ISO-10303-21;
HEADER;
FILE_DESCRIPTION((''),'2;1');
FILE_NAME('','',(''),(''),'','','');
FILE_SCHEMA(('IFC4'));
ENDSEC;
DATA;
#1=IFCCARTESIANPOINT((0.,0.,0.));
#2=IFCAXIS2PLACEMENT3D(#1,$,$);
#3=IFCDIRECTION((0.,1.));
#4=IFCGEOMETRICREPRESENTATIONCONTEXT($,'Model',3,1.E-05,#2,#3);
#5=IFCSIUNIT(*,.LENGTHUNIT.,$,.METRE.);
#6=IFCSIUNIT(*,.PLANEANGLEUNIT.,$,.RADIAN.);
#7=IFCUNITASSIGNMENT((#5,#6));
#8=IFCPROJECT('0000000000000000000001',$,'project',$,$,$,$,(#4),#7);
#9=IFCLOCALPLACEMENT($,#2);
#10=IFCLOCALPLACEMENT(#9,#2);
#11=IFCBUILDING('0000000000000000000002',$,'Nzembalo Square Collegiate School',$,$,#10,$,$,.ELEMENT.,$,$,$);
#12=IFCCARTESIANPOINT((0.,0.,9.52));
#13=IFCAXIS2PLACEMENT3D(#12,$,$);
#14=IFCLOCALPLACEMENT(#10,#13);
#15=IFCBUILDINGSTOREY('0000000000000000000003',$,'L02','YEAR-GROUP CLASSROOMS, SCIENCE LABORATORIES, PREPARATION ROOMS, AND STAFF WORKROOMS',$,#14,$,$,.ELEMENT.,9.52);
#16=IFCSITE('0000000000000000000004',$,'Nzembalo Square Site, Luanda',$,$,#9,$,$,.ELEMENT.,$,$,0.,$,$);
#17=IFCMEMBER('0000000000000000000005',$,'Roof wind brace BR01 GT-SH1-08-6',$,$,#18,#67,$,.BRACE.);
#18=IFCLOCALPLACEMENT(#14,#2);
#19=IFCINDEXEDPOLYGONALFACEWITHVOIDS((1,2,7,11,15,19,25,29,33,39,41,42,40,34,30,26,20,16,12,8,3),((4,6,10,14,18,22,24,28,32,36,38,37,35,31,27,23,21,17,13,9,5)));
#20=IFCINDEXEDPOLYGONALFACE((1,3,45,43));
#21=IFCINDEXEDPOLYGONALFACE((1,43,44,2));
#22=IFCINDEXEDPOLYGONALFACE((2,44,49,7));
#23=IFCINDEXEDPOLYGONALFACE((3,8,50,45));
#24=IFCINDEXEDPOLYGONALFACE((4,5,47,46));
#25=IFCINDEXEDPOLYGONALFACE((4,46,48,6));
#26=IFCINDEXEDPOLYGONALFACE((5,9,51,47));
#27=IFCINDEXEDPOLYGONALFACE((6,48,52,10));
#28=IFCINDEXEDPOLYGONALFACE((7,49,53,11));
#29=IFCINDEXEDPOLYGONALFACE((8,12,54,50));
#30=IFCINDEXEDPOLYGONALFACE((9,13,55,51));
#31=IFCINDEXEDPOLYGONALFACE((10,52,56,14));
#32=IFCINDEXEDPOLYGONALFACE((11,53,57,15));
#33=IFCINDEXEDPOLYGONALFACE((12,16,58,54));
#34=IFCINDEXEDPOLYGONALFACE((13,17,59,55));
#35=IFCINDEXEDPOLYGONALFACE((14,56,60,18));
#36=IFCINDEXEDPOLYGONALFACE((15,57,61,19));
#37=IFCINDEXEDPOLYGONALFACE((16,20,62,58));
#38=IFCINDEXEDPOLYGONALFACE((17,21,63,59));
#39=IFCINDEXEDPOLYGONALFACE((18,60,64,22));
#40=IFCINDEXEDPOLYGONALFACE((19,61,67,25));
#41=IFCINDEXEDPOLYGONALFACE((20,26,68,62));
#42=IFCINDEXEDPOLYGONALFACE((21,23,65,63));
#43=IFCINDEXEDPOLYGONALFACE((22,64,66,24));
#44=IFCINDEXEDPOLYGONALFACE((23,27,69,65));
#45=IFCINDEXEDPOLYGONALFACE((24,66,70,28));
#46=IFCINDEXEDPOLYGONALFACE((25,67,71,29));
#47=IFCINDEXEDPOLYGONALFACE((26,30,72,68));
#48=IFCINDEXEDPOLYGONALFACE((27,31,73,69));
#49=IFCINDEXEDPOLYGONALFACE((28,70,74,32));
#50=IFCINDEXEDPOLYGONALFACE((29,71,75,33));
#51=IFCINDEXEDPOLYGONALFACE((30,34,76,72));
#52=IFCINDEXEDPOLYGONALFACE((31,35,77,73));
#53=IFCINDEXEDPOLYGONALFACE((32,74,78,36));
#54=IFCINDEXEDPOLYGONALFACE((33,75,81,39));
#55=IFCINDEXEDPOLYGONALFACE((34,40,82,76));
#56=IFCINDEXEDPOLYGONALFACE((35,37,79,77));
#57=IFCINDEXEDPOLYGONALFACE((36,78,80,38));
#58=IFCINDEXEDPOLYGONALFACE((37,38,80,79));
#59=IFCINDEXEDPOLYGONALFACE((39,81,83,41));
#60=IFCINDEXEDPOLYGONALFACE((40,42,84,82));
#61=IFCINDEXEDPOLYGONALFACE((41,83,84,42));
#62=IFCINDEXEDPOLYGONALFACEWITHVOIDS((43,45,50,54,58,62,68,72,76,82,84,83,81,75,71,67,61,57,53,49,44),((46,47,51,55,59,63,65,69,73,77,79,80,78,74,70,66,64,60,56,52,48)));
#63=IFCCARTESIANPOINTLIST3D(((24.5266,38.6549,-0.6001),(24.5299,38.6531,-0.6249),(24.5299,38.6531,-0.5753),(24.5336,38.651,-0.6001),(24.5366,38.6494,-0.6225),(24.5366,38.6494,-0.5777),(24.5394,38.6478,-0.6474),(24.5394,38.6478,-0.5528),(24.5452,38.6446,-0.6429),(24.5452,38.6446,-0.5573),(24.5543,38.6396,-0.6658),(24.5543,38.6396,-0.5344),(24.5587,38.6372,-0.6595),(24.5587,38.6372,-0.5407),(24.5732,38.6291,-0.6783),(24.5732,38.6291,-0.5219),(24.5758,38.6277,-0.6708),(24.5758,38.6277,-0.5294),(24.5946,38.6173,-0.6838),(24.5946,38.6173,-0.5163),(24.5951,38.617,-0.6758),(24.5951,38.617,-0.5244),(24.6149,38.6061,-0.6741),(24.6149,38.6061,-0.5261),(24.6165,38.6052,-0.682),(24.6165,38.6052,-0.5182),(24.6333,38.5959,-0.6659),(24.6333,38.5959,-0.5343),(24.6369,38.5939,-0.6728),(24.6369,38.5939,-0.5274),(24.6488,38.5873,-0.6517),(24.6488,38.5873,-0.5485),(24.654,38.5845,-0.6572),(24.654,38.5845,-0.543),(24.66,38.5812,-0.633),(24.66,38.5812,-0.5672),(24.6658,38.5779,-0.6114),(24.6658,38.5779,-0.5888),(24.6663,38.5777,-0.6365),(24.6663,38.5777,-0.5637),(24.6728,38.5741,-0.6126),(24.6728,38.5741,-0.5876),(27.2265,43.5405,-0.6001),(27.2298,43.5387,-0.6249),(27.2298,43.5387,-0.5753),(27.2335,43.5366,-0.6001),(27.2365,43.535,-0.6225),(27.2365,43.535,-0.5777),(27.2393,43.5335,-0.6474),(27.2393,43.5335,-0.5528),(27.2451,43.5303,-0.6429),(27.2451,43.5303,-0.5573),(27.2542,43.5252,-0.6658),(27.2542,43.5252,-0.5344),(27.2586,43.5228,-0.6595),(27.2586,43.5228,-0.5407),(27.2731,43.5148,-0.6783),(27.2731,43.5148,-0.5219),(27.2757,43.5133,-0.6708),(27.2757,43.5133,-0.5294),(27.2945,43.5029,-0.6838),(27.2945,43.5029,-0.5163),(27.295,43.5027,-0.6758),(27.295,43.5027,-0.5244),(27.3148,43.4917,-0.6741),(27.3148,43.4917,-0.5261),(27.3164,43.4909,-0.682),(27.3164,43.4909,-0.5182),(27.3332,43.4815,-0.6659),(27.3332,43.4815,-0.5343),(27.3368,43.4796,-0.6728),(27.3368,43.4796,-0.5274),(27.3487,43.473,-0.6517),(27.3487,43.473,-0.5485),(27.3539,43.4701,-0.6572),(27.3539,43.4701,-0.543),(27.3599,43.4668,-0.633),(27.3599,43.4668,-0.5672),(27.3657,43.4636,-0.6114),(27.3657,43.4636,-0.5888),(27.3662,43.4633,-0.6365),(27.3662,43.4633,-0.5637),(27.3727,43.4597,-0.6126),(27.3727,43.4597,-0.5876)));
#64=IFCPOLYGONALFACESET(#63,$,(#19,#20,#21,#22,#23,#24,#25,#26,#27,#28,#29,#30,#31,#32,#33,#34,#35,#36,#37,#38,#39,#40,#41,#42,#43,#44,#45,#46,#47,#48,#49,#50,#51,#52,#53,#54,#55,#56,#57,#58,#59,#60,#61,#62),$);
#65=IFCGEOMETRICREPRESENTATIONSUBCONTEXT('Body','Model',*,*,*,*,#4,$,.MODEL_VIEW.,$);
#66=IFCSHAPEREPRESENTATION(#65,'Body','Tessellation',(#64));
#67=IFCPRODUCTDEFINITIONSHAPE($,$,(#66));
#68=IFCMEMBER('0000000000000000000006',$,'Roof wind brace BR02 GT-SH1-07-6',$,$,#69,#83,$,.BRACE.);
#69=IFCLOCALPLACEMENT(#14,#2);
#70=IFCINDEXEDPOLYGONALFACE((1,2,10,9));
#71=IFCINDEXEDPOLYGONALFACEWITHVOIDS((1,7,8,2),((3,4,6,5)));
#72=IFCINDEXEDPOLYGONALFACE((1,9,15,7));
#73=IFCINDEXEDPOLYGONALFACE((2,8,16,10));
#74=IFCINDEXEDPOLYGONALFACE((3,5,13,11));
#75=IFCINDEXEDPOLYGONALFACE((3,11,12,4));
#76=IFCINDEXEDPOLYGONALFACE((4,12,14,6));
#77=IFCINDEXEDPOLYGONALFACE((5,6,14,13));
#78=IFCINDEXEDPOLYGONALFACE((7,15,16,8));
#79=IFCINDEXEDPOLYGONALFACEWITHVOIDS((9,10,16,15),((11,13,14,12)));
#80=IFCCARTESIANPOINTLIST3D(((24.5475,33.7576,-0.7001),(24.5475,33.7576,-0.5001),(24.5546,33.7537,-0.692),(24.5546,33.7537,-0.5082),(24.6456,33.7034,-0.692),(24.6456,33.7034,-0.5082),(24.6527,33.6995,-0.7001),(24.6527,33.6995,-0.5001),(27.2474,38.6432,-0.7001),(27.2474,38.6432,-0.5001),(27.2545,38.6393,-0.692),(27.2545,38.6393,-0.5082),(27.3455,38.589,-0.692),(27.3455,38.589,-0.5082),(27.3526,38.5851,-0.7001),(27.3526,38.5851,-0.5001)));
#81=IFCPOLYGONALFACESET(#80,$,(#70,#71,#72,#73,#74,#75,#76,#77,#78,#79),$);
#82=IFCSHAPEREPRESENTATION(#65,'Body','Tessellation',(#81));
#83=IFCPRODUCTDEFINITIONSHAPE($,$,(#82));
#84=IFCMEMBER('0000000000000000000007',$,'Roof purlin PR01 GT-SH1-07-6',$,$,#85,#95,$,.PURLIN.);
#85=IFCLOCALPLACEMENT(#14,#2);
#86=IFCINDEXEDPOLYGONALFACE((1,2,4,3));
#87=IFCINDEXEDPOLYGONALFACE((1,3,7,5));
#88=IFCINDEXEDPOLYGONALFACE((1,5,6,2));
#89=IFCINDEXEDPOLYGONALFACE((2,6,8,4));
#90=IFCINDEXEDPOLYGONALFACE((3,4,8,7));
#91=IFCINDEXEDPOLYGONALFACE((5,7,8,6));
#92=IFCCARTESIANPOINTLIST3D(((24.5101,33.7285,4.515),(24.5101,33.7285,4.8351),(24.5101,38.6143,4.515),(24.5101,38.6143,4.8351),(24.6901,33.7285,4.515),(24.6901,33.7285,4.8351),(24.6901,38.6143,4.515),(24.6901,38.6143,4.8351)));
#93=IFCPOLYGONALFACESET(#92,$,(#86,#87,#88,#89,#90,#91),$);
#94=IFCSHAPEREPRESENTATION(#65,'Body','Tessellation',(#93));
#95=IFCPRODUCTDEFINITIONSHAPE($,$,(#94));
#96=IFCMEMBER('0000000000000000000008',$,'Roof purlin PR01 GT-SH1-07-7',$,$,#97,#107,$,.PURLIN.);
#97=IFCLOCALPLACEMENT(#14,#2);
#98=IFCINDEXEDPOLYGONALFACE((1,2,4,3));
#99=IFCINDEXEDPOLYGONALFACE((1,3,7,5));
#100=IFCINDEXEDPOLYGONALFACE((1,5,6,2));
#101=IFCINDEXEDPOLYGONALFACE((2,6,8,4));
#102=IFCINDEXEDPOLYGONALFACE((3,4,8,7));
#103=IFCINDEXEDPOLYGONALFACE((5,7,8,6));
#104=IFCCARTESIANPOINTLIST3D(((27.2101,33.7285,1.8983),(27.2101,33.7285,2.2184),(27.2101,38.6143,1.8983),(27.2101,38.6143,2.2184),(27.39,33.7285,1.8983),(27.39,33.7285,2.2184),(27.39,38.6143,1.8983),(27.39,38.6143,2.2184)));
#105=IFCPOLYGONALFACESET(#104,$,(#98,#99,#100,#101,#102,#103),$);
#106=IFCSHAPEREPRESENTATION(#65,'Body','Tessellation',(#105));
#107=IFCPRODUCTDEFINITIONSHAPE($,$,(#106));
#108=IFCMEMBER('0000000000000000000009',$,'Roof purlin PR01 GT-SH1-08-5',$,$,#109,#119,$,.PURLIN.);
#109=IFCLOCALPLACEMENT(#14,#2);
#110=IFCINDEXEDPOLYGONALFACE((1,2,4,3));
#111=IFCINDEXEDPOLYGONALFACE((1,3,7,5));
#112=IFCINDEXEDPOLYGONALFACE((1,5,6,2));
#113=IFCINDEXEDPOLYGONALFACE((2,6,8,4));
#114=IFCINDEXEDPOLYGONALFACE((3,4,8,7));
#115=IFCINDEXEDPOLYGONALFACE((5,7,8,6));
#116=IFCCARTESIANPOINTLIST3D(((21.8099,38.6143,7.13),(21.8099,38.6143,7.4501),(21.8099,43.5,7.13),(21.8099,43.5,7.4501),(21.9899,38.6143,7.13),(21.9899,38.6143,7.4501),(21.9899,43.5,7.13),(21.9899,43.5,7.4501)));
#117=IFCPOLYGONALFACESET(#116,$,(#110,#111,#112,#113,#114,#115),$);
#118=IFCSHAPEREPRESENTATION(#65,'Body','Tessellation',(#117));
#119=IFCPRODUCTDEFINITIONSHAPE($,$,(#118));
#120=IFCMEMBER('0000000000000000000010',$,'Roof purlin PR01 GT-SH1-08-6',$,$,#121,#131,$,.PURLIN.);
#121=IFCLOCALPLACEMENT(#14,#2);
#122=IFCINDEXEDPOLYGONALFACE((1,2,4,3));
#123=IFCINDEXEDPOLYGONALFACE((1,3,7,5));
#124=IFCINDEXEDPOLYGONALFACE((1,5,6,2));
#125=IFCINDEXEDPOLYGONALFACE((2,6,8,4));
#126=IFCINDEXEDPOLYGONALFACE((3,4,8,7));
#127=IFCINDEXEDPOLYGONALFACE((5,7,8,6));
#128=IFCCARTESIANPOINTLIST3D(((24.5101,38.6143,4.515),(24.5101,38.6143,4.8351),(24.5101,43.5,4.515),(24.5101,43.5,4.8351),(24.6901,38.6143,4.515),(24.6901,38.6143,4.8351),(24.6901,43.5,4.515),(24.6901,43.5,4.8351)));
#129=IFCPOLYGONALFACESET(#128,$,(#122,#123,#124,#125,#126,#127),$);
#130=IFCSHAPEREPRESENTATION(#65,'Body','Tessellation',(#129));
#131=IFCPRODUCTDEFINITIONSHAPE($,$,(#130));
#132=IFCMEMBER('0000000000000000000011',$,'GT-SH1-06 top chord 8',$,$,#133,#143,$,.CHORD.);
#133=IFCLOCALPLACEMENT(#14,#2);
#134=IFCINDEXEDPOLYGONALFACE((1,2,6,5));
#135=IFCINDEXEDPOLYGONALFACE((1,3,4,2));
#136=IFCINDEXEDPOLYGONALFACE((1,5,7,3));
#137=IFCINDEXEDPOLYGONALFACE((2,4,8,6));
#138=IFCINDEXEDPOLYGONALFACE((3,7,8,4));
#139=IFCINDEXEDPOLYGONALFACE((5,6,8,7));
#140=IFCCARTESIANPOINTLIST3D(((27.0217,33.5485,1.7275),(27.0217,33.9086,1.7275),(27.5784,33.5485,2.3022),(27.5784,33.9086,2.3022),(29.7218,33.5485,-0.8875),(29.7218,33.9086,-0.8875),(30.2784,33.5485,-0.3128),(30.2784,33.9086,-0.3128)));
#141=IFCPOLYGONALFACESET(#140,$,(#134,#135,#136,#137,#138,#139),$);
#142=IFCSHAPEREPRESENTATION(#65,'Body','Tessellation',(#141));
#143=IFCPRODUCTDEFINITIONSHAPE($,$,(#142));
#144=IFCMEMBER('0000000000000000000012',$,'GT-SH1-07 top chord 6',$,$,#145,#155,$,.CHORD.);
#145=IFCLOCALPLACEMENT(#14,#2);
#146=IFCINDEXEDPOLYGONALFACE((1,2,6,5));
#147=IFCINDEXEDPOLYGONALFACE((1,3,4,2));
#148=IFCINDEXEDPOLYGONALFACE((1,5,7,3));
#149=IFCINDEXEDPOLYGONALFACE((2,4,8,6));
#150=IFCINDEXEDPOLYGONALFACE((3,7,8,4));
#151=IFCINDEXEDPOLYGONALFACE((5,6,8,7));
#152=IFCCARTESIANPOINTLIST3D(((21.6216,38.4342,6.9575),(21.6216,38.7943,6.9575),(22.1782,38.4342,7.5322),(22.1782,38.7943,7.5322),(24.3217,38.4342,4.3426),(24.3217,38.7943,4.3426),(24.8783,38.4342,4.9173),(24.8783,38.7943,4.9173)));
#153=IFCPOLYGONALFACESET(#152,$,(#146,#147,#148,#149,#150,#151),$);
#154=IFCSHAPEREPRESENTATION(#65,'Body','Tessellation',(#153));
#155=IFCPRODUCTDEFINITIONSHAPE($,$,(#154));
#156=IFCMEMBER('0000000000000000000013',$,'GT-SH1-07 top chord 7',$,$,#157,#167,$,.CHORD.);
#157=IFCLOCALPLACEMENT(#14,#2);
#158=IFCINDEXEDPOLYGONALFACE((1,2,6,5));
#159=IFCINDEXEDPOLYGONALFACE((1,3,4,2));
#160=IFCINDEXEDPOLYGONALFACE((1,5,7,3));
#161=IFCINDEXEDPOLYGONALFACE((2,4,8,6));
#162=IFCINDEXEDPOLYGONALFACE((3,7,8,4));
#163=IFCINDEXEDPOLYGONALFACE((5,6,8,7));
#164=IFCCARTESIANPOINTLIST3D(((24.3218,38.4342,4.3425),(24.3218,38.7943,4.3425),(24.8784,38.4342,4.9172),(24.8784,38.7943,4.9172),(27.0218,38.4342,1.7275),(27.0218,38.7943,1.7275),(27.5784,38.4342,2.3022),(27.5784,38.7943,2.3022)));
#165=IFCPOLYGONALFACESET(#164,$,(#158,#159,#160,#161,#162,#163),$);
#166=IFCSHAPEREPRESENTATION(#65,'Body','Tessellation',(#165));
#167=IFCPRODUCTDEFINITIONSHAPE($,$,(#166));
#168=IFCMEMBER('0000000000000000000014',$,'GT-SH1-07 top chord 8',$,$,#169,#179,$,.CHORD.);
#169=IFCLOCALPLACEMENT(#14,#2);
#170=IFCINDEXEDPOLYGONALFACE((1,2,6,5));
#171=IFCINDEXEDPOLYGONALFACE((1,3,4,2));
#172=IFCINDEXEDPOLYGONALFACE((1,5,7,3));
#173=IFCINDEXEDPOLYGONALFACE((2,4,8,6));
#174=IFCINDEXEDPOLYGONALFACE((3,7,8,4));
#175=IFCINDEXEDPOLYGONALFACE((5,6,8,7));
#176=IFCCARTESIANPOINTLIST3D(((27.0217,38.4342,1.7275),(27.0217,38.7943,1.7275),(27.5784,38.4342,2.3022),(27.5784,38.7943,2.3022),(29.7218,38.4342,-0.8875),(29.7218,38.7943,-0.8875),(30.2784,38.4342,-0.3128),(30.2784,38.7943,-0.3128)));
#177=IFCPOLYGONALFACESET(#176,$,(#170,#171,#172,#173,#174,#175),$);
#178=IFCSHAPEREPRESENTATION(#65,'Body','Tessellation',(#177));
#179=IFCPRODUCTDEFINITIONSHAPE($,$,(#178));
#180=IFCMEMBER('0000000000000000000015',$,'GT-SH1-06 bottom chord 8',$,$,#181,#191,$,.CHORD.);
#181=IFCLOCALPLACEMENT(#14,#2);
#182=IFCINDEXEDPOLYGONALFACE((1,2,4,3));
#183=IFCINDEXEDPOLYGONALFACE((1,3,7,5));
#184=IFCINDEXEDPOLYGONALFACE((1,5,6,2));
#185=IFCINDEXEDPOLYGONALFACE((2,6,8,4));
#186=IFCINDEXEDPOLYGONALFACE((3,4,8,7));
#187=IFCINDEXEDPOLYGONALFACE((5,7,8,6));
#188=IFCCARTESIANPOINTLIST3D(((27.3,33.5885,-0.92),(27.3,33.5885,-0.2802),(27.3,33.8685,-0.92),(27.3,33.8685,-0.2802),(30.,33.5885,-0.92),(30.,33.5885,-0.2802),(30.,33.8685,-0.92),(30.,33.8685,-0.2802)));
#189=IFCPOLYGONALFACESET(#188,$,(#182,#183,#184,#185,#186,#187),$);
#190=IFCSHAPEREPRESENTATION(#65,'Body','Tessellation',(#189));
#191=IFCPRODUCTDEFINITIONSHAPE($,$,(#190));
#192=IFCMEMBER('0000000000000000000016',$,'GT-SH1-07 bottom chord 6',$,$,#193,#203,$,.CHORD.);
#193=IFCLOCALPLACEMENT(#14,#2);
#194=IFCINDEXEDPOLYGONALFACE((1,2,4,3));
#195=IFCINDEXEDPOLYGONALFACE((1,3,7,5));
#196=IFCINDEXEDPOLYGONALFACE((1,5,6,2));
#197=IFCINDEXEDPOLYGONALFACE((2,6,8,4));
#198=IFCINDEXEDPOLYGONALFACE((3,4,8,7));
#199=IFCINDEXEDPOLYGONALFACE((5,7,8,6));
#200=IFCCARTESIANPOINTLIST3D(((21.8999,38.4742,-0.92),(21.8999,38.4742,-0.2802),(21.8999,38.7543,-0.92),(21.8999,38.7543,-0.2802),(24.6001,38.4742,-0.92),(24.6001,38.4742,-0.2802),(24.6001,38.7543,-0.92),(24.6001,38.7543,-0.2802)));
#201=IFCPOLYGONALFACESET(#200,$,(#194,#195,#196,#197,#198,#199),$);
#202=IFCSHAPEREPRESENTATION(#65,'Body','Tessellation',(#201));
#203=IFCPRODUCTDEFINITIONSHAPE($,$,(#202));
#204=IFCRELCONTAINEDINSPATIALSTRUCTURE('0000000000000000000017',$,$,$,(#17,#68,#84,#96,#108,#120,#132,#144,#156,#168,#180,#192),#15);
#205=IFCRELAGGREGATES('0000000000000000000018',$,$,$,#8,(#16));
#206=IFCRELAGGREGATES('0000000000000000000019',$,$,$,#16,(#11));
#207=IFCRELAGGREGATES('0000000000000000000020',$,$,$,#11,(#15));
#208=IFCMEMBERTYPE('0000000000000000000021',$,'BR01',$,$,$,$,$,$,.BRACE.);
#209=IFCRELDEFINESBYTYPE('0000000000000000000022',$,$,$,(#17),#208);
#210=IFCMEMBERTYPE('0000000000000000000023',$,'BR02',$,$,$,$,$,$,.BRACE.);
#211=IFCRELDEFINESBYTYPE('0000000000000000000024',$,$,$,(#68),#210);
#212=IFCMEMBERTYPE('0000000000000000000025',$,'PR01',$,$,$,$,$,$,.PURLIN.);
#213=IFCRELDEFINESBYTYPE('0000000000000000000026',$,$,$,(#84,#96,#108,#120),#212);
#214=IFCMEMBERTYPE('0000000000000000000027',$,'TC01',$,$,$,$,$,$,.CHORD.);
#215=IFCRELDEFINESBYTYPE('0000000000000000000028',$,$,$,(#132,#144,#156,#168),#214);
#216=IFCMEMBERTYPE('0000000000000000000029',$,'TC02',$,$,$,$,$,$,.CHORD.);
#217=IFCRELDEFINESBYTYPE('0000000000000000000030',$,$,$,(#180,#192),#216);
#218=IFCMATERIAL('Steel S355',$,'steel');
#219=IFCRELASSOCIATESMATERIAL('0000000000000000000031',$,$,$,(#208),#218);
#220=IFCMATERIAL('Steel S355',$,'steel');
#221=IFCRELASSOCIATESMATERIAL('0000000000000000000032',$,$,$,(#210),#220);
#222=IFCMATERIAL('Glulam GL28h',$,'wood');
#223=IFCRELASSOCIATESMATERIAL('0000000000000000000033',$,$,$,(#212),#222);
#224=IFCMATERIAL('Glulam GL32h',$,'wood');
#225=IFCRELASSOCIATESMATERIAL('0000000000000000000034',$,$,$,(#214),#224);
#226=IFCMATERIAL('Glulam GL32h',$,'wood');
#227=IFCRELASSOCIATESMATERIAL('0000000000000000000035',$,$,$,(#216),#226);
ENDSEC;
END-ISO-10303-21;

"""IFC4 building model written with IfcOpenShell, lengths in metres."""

from ifc_helpers import new_model, si_unit, direction, frame, origin, origin_2d, place, context, subcontext, project, spatial, rectangle, hollow_rectangle, hollow_circle, extrude, material, material_profile, profile_set, type_object, element, save


model = new_model("IFC4")

# Units and contexts
model_context = context("Model", 3, precision=1e-05, world=origin(), true_north=direction((0.0, 1.0)))
body_context = subcontext(model_context, "Body", "Model", "MODEL_VIEW")
ifc_project = project(units=[si_unit("LENGTHUNIT", "METRE"), si_unit("PLANEANGLEUNIT", "RADIAN")], contexts=[model_context])

# Site, building, storey
site_placement = place(None, origin())
site = spatial("IfcSite", under=ifc_project, at=site_placement, Name="Nzembalo Square Site, Luanda", CompositionType="ELEMENT", RefElevation=0.0)
building_placement = place(site_placement, origin())
building = spatial("IfcBuilding", under=site, at=building_placement, Name="Nzembalo Square Collegiate School", CompositionType="ELEMENT")
storey_placement = place(building_placement, frame((0.0, 0.0, 9.52)))
storey = spatial("IfcBuildingStorey", under=building, at=storey_placement, Name="L02", Description="YEAR-GROUP CLASSROOMS, SCIENCE LABORATORIES, PREPARATION ROOMS, AND STAFF WORKROOMS", CompositionType="ELEMENT", Elevation=9.52)

# Members
ifc_material_1 = material(Name="Steel S355", Category="steel")
ifc_material_profile_1 = material_profile(ifc_material_1, hollow_circle(Radius=0.084, WallThickness=0.0081, at=origin_2d()), Name="CHS 168x8")
ifc_profile_set_1 = profile_set([ifc_material_profile_1], Name="Steel S355")
member_type_1 = type_object("IfcMemberType", Name="BR01", PredefinedType="BRACE", material=ifc_profile_set_1)
member_1_placement = place(storey_placement, frame((24.6001, 38.6143, -0.6001), z_axis=(0.483677, 0.875246, 0.0), x_axis=(-0.875246, 0.483677, 0.0)))
element("IfcMember", 1, at=member_1_placement, inside=storey, type_object=member_type_1, Name="Roof wind brace BR01 GT-SH1-08-6", PredefinedType="BRACE", context=body_context, shape_type="SweptSolid", body=[
    extrude(hollow_circle(Radius=0.084, WallThickness=0.0081, at=origin_2d()), origin(), (0.0, 0.0, 1.0), 5.582),
])
ifc_material_2 = material(Name="Steel S355", Category="steel")
ifc_material_profile_2 = material_profile(ifc_material_2, hollow_rectangle(XDim=0.1201, YDim=0.2, WallThickness=0.0081, at=origin_2d()), Name="RHS 200x120x8")
ifc_profile_set_2 = profile_set([ifc_material_profile_2], Name="Steel S355")
member_type_2 = type_object("IfcMemberType", Name="BR02", PredefinedType="BRACE", material=ifc_profile_set_2)
member_2_placement = place(storey_placement, frame((24.6001, 33.7285, -0.6001), z_axis=(0.483677, 0.875246, 0.0), x_axis=(-0.875246, 0.483677, 0.0)))
element("IfcMember", 2, at=member_2_placement, inside=storey, type_object=member_type_2, Name="Roof wind brace BR02 GT-SH1-07-6", PredefinedType="BRACE", context=body_context, shape_type="SweptSolid", body=[
    extrude(hollow_rectangle(XDim=0.1201, YDim=0.2, WallThickness=0.0081, at=origin_2d()), origin(), (0.0, 0.0, 1.0), 5.582),
])
ifc_material_3 = material(Name="Glulam GL28h", Category="wood")
ifc_material_profile_3 = material_profile(ifc_material_3, rectangle(XDim=0.1799, YDim=0.3201, at=origin_2d()), Name="GL28h 180x320")
ifc_profile_set_3 = profile_set([ifc_material_profile_3], Name="Glulam GL28h")
member_type_3 = type_object("IfcMemberType", Name="PR01", PredefinedType="PURLIN", material=ifc_profile_set_3)
for number, where, z_axis, x_axis, name in (
    (3, (24.6001, 33.7285, 4.675), (0.0, 1.0, 0.0), (-1.0, 0.0, 0.0), "Roof purlin PR01 GT-SH1-07-6"),
    (4, (27.3, 33.7285, 2.0583), (0.0, 1.0, 0.0), (-1.0, 0.0, 0.0), "Roof purlin PR01 GT-SH1-07-7"),
    (5, (21.8999, 38.6143, 7.29), (0.0, 1.0, 0.0), (-1.0, 0.0, 0.0), "Roof purlin PR01 GT-SH1-08-5"),
    (6, (24.6001, 38.6143, 4.675), (0.0, 1.0, 0.0), (-1.0, 0.0, 0.0), "Roof purlin PR01 GT-SH1-08-6"),
):
    element("IfcMember", number, at=place(storey_placement, frame(where, z_axis=z_axis, x_axis=x_axis)), inside=storey, type_object=member_type_3, Name=name, PredefinedType="PURLIN", context=body_context, shape_type="SweptSolid", body=[
        extrude(rectangle(XDim=0.1799, YDim=0.3201, at=origin_2d()), origin(), (0.0, 0.0, 1.0), 4.8857),
    ])
ifc_material_4 = material(Name="Glulam GL32h", Category="wood")
ifc_material_profile_4 = material_profile(ifc_material_4, rectangle(XDim=0.3601, YDim=0.8, at=origin_2d()), Name="GL32h 360x800")
ifc_profile_set_4 = profile_set([ifc_material_profile_4], Name="Glulam GL32h")
member_type_4 = type_object("IfcMemberType", Name="TC01", PredefinedType="CHORD", material=ifc_profile_set_4)
for number, where, z_axis, x_axis, name in (
    (7, (27.3, 33.7285, 2.0149), (0.718318, 0.0, -0.695715), (0.0, 1.0, 0.0), "GT-SH1-06 top chord 8"),
    (8, (21.8999, 38.6143, 7.2449), (0.71835, 0.0, -0.695682), (0.0, 1.0, 0.0), "GT-SH1-07 top chord 6"),
    (9, (24.6001, 38.6143, 4.6299), (0.718318, 0.0, -0.695715), (0.0, 1.0, 0.0), "GT-SH1-07 top chord 7"),
    (10, (27.3, 38.6143, 2.0149), (0.718318, 0.0, -0.695715), (0.0, 1.0, 0.0), "GT-SH1-07 top chord 8"),
):
    element("IfcMember", number, at=place(storey_placement, frame(where, z_axis=z_axis, x_axis=x_axis)), inside=storey, type_object=member_type_4, Name=name, PredefinedType="CHORD", context=body_context, shape_type="SweptSolid", body=[
        extrude(rectangle(XDim=0.3601, YDim=0.8, at=origin_2d()), origin(), (0.0, 0.0, 1.0), 3.7588),
    ])
ifc_material_5 = material(Name="Glulam GL32h", Category="wood")
ifc_material_profile_5 = material_profile(ifc_material_5, rectangle(XDim=0.28, YDim=0.6399, at=origin_2d()), Name="GL32h 280x640")
ifc_profile_set_5 = profile_set([ifc_material_profile_5], Name="Glulam GL32h")
member_type_5 = type_object("IfcMemberType", Name="TC02", PredefinedType="CHORD", material=ifc_profile_set_5)
member_3_placement = place(storey_placement, frame((27.3, 33.7285, -0.6001), z_axis=(1.0, 0.0, 0.0), x_axis=(0.0, 1.0, 0.0)))
element("IfcMember", 11, at=member_3_placement, inside=storey, type_object=member_type_5, Name="GT-SH1-06 bottom chord 8", PredefinedType="CHORD", context=body_context, shape_type="SweptSolid", body=[
    extrude(rectangle(XDim=0.28, YDim=0.6399, at=origin_2d()), origin(), (0.0, 0.0, 1.0), 2.7),
])
member_4_placement = place(storey_placement, frame((21.8999, 38.6143, -0.6001), z_axis=(1.0, 0.0, 0.0), x_axis=(0.0, 1.0, 0.0)))
element("IfcMember", 12, at=member_4_placement, inside=storey, type_object=member_type_5, Name="GT-SH1-07 bottom chord 6", PredefinedType="CHORD", context=body_context, shape_type="SweptSolid", body=[
    extrude(rectangle(XDim=0.28, YDim=0.6399, at=origin_2d()), origin(), (0.0, 0.0, 1.0), 2.7002),
])

save(model, "model.ifc")
